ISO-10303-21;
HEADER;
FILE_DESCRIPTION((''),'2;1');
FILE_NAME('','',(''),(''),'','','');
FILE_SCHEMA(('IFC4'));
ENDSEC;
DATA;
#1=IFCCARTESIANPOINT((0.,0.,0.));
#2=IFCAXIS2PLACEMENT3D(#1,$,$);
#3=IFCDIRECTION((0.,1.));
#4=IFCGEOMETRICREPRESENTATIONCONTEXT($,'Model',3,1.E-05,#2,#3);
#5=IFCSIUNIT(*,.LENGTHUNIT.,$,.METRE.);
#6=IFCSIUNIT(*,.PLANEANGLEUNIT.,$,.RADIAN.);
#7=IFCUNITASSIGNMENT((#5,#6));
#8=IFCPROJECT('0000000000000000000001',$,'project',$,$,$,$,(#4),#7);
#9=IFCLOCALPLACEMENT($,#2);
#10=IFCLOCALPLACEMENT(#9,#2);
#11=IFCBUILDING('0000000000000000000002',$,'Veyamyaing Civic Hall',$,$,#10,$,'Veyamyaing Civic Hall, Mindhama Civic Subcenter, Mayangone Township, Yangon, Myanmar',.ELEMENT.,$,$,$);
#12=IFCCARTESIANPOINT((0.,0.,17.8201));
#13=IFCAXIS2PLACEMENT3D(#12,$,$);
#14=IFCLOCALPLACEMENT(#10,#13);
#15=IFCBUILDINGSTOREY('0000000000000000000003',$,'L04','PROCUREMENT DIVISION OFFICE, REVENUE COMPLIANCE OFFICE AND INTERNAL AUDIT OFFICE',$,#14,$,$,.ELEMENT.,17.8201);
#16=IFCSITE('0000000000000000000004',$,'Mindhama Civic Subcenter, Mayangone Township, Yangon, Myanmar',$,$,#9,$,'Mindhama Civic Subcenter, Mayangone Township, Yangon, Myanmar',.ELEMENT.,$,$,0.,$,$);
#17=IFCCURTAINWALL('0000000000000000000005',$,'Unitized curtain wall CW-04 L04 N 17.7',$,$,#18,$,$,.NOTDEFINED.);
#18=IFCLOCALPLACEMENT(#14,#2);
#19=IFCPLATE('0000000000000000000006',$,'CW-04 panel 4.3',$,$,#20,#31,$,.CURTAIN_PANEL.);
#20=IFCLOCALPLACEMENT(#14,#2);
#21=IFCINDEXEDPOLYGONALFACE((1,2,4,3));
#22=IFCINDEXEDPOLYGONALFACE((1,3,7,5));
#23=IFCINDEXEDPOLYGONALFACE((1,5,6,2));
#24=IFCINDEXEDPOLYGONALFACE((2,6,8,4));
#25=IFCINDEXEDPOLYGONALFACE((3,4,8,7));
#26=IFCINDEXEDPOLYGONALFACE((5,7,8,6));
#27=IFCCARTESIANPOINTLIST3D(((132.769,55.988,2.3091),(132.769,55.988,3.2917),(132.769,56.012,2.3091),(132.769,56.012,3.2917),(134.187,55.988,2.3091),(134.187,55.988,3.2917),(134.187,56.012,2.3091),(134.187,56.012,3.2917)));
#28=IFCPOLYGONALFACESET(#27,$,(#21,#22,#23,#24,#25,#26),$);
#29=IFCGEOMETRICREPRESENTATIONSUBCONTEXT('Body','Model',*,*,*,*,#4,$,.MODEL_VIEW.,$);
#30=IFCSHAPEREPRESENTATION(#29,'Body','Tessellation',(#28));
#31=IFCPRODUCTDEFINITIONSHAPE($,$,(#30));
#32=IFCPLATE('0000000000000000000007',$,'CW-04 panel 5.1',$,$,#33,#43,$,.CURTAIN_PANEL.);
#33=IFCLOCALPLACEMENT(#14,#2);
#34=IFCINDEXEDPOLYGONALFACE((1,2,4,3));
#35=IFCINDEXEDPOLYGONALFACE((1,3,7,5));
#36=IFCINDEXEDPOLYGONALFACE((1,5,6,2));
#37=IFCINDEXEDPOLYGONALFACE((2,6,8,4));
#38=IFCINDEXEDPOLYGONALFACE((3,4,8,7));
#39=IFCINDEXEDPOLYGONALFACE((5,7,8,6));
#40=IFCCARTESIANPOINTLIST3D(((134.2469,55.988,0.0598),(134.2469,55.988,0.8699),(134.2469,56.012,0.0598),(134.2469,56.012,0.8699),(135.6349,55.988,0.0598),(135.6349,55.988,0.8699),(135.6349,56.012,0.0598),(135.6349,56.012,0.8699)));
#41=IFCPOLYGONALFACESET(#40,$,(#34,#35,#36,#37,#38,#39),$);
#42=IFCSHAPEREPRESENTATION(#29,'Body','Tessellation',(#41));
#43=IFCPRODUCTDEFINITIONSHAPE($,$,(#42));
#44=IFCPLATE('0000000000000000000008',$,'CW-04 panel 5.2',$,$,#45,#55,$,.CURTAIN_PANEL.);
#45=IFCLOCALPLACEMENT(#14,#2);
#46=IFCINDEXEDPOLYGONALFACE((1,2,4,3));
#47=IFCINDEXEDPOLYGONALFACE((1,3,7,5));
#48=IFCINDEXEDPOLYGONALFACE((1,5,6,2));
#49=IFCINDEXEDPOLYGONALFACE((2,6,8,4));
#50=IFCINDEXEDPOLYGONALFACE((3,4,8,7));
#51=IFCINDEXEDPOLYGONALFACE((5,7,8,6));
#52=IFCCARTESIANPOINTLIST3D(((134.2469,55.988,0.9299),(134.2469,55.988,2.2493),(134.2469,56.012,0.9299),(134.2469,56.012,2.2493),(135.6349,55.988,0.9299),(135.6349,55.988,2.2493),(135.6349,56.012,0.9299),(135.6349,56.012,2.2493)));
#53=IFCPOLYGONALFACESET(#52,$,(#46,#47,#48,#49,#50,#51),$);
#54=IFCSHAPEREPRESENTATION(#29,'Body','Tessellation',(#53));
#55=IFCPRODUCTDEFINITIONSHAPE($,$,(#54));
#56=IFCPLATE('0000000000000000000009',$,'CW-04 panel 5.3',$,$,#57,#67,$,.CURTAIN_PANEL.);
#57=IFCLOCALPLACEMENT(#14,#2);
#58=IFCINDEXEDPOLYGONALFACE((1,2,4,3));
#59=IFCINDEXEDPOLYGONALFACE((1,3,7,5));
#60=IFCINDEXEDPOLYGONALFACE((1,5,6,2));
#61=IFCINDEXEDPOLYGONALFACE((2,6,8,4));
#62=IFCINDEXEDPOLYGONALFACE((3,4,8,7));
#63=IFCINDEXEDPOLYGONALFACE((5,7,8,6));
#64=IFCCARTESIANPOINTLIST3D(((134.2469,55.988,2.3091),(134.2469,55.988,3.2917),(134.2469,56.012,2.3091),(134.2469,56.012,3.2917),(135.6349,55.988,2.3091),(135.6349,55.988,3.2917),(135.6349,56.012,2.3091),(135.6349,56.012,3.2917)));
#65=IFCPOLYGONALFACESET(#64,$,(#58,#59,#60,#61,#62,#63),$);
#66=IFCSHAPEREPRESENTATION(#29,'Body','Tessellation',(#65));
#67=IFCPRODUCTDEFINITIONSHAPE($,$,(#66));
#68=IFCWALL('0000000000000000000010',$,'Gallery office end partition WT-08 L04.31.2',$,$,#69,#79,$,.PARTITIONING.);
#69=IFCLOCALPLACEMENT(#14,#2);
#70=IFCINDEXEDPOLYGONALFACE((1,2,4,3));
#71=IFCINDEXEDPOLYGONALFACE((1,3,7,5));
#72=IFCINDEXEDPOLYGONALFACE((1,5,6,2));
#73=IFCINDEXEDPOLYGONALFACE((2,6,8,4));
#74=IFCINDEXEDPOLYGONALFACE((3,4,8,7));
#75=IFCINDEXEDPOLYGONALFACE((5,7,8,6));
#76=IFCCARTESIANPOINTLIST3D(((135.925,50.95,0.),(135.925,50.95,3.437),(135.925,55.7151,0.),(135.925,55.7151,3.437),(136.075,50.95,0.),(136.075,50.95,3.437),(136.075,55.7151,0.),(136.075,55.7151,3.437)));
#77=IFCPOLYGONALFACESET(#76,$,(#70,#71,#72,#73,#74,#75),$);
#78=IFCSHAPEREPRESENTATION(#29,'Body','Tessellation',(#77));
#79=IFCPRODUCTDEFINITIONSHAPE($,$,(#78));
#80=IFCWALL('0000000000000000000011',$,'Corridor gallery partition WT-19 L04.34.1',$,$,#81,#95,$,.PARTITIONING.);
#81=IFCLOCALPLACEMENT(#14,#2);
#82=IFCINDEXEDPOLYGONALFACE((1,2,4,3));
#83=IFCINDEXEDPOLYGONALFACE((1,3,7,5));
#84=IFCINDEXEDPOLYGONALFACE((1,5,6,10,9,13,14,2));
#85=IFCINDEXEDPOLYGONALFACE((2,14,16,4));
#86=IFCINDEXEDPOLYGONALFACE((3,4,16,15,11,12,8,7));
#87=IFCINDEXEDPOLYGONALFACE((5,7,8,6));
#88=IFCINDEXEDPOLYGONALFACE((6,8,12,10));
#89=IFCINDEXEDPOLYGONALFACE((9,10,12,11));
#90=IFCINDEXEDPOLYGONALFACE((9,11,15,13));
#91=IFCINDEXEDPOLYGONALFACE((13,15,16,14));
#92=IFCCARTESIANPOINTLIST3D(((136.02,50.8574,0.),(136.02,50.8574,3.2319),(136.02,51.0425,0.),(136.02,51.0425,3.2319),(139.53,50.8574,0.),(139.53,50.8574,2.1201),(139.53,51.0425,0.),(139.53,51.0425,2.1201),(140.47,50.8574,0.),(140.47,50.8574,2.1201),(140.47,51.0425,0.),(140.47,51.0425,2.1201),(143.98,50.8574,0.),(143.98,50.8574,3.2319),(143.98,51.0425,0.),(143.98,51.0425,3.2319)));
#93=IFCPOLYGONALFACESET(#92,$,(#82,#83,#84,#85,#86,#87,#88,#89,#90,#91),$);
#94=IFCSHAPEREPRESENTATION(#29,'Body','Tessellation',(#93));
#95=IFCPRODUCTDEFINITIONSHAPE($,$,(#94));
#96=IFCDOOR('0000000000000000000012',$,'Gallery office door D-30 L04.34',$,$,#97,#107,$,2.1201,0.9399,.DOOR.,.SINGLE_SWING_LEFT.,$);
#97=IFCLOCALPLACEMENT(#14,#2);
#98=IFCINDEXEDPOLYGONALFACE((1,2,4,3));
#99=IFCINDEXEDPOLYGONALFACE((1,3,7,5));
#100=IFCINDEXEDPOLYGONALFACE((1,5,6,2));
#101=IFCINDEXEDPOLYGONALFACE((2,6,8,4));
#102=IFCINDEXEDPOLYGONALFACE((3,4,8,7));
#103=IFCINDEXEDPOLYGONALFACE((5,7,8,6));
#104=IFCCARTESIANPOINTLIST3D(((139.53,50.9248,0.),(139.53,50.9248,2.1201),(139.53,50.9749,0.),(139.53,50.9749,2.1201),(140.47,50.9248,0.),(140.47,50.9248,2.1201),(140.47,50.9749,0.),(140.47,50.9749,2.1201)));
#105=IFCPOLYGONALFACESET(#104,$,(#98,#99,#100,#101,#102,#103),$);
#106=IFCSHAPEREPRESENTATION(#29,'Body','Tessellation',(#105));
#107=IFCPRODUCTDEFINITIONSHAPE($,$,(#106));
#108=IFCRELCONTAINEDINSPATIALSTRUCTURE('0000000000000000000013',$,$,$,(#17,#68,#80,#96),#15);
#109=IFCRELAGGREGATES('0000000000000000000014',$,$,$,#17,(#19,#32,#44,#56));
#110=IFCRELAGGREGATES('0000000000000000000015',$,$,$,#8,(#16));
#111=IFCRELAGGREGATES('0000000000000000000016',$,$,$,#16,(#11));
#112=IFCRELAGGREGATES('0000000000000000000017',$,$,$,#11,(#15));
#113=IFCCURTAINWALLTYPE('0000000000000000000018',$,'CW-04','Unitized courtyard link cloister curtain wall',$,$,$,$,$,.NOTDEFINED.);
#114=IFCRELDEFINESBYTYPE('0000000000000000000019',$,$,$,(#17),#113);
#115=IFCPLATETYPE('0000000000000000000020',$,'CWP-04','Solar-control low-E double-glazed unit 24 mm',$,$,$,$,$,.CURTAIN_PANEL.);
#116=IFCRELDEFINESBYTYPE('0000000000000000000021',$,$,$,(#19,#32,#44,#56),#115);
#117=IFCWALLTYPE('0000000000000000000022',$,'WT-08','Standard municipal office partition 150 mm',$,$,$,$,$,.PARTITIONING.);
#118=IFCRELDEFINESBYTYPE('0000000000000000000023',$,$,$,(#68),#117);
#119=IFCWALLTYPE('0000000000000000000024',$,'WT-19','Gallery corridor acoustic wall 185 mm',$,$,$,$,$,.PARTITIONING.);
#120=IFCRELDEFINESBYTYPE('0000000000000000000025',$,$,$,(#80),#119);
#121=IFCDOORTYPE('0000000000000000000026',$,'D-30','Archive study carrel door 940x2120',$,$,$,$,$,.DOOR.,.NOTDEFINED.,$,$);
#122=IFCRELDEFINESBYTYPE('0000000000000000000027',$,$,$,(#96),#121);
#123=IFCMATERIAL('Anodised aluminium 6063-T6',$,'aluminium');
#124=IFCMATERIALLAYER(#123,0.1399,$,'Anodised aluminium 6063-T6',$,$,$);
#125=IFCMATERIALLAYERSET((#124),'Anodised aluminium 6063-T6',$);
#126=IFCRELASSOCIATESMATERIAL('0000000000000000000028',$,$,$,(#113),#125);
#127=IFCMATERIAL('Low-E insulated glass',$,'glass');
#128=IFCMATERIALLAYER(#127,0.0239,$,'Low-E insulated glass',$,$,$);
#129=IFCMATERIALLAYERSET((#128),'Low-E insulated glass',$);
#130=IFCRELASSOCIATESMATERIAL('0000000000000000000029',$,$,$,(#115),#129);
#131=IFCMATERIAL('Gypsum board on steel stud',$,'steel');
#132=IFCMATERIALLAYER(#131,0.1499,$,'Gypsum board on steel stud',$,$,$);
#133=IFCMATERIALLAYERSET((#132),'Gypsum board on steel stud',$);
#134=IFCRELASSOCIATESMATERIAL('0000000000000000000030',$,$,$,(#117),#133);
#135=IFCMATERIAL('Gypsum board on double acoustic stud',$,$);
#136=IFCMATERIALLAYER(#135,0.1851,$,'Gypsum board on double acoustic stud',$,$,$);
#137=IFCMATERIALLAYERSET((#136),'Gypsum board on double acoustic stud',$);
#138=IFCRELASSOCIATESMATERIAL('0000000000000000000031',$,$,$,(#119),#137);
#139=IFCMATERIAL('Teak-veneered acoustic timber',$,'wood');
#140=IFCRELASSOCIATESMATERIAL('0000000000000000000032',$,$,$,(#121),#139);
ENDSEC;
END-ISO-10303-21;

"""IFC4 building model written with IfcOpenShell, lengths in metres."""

from ifc_helpers import new_model, si_unit, direction, frame, frame_2d, origin, origin_2d, place, context, subcontext, project, spatial, rectangle, extrude, material, layer, layer_set, type_object, element, fill, aggregate, save


model = new_model("IFC4")

# Units and contexts
model_context = context("Model", 3, precision=1e-05, world=origin(), true_north=direction((0.0, 1.0)))
body_context = subcontext(model_context, "Body", "Model", "MODEL_VIEW")
ifc_project = project(units=[si_unit("LENGTHUNIT", "METRE"), si_unit("PLANEANGLEUNIT", "RADIAN")], contexts=[model_context])

# Site, building, storey
site_placement = place(None, origin())
site = spatial("IfcSite", under=ifc_project, at=site_placement, Name="Mindhama Civic Subcenter, Mayangone Township, Yangon, Myanmar", LongName="Mindhama Civic Subcenter, Mayangone Township, Yangon, Myanmar", CompositionType="ELEMENT", RefElevation=0.0)
building_placement = place(site_placement, origin())
building = spatial("IfcBuilding", under=site, at=building_placement, Name="Veyamyaing Civic Hall", LongName="Veyamyaing Civic Hall, Mindhama Civic Subcenter, Mayangone Township, Yangon, Myanmar", CompositionType="ELEMENT")
storey_placement = place(building_placement, frame((0.0, 0.0, 17.8201)))
storey = spatial("IfcBuildingStorey", under=building, at=storey_placement, Name="L04", Description="PROCUREMENT DIVISION OFFICE, REVENUE COMPLIANCE OFFICE AND INTERNAL AUDIT OFFICE", CompositionType="ELEMENT", Elevation=17.8201)

# Curtain wall
ifc_material_1 = material(Name="Anodised aluminium 6063-T6", Category="aluminium")
ifc_layer_1 = layer(ifc_material_1, 0.1399, Name="Anodised aluminium 6063-T6")
ifc_layer_set_1 = layer_set([ifc_layer_1], Name="Anodised aluminium 6063-T6")
curtain_wall_type = type_object("IfcCurtainWallType", Name="CW-04", Description="Unitized courtyard link cloister curtain wall", PredefinedType="NOTDEFINED", material=ifc_layer_set_1)
curtain_wall_placement = place(storey_placement, origin())
curtain_wall = element("IfcCurtainWall", 1, at=curtain_wall_placement, inside=storey, type_object=curtain_wall_type, Name="Unitized curtain wall CW-04 L04 N 17.7", PredefinedType="NOTDEFINED")

# Plates
ifc_material_2 = material(Name="Low-E insulated glass", Category="glass")
ifc_layer_2 = layer(ifc_material_2, 0.0239, Name="Low-E insulated glass")
ifc_layer_set_2 = layer_set([ifc_layer_2], Name="Low-E insulated glass")
plate_type = type_object("IfcPlateType", Name="CWP-04", Description="Solar-control low-E double-glazed unit 24 mm", PredefinedType="CURTAIN_PANEL", material=ifc_layer_set_2)
plate_1_placement = place(storey_placement, frame((133.478, 56.0, 2.3091), z_axis=(0.0, 0.0, 1.0), x_axis=(1.0, 0.0, 0.0)))
plate_1 = element("IfcPlate", 2, at=plate_1_placement, type_object=plate_type, Name="CW-04 panel 4.3", PredefinedType="CURTAIN_PANEL", context=body_context, shape_type="SweptSolid", body=[
    extrude(rectangle(XDim=1.418, YDim=0.0239, at=origin_2d()), origin(), (0.0, 0.0, 1.0), 0.9827),
])
plate_2_placement = place(storey_placement, frame((134.9409, 56.0, 0.0598), z_axis=(0.0, 0.0, 1.0), x_axis=(1.0, 0.0, 0.0)))
plate_2 = element("IfcPlate", 3, at=plate_2_placement, type_object=plate_type, Name="CW-04 panel 5.1", PredefinedType="CURTAIN_PANEL", context=body_context, shape_type="SweptSolid", body=[
    extrude(rectangle(XDim=1.3879, YDim=0.0239, at=origin_2d()), origin(), (0.0, 0.0, 1.0), 0.8101),
])
plate_3_placement = place(storey_placement, frame((134.9409, 56.0, 0.9299), z_axis=(0.0, 0.0, 1.0), x_axis=(1.0, 0.0, 0.0)))
plate_3 = element("IfcPlate", 4, at=plate_3_placement, type_object=plate_type, Name="CW-04 panel 5.2", PredefinedType="CURTAIN_PANEL", context=body_context, shape_type="SweptSolid", body=[
    extrude(rectangle(XDim=1.3879, YDim=0.0239, at=origin_2d()), origin(), (0.0, 0.0, 1.0), 1.3193),
])
plate_4_placement = place(storey_placement, frame((134.9409, 56.0, 2.3091), z_axis=(0.0, 0.0, 1.0), x_axis=(1.0, 0.0, 0.0)))
plate_4 = element("IfcPlate", 5, at=plate_4_placement, type_object=plate_type, Name="CW-04 panel 5.3", PredefinedType="CURTAIN_PANEL", context=body_context, shape_type="SweptSolid", body=[
    extrude(rectangle(XDim=1.3879, YDim=0.0239, at=origin_2d()), origin(), (0.0, 0.0, 1.0), 0.9827),
])
aggregate(curtain_wall, [plate_1, plate_2, plate_3, plate_4])

# Wall
ifc_material_3 = material(Name="Gypsum board on steel stud", Category="steel")
ifc_layer_3 = layer(ifc_material_3, 0.1499, Name="Gypsum board on steel stud")
ifc_layer_set_3 = layer_set([ifc_layer_3], Name="Gypsum board on steel stud")
wall_type_1 = type_object("IfcWallType", Name="WT-08", Description="Standard municipal office partition 150 mm", PredefinedType="PARTITIONING", material=ifc_layer_set_3)
wall_1_placement = place(storey_placement, frame((136.0, 50.95, 0.0), z_axis=(0.0, 0.0, 1.0), x_axis=(0.0, 1.0, 0.0)))
element("IfcWall", 6, at=wall_1_placement, inside=storey, type_object=wall_type_1, Name="Gallery office end partition WT-08 L04.31.2", PredefinedType="PARTITIONING", context=body_context, shape_type="SweptSolid", body=[
    extrude(rectangle(XDim=4.7651, YDim=0.1499, at=frame_2d((2.3826, 0.0))), origin(), (0.0, 0.0, 1.0), 3.437),
])

# Wall, opening, door
ifc_material_4 = material(Name="Gypsum board on double acoustic stud")
ifc_layer_4 = layer(ifc_material_4, 0.1851, Name="Gypsum board on double acoustic stud")
ifc_layer_set_4 = layer_set([ifc_layer_4], Name="Gypsum board on double acoustic stud")
wall_type_2 = type_object("IfcWallType", Name="WT-19", Description="Gallery corridor acoustic wall 185 mm", PredefinedType="PARTITIONING", material=ifc_layer_set_4)
wall_2_placement = place(storey_placement, frame((136.02, 50.95, 0.0), z_axis=(0.0, 0.0, 1.0), x_axis=(1.0, 0.0, 0.0)))
wall_2 = element("IfcWall", 7, at=wall_2_placement, inside=storey, type_object=wall_type_2, Name="Corridor gallery partition WT-19 L04.34.1", PredefinedType="PARTITIONING", context=body_context, shape_type="SweptSolid", body=[
    extrude(rectangle(XDim=7.96, YDim=0.1851, at=frame_2d((3.98, 0.0))), origin(), (0.0, 0.0, 1.0), 3.2319),
])
opening_placement = place(wall_2_placement, frame((3.51, 0.0, 0.0)))
opening = element("IfcOpeningElement", 8, at=opening_placement, cuts=wall_2, PredefinedType="OPENING", context=body_context, shape_type="SweptSolid", body=[
    extrude(rectangle(XDim=0.9399, YDim=2.1201, at=frame_2d((0.47, 1.0601))), frame((0.0, 0.1025, 0.0), z_axis=(0.0, -1.0, 0.0), x_axis=(1.0, 0.0, 0.0)), (0.0, 0.0, 1.0), 0.2051),
])
ifc_material_5 = material(Name="Teak-veneered acoustic timber", Category="wood")
door_type = type_object("IfcDoorType", Name="D-30", Description="Archive study carrel door 940x2120", OperationType="NOTDEFINED", PredefinedType="DOOR", material=ifc_material_5)
door_placement = place(opening_placement, origin())
door = element("IfcDoor", 9, at=door_placement, inside=storey, type_object=door_type, Name="Gallery office door D-30 L04.34", OperationType="SINGLE_SWING_LEFT", OverallHeight=2.1201, OverallWidth=0.9399, PredefinedType="DOOR", context=body_context, shape_type="SweptSolid", body=[
    extrude(rectangle(XDim=0.9399, YDim=2.1201, at=frame_2d((0.47, 1.0601))), frame((0.0, 0.0249, 0.0), z_axis=(0.0, -1.0, 0.0), x_axis=(1.0, 0.0, 0.0)), (0.0, 0.0, 1.0), 0.05),
])
fill(opening, door)

save(model, "model.ifc")
